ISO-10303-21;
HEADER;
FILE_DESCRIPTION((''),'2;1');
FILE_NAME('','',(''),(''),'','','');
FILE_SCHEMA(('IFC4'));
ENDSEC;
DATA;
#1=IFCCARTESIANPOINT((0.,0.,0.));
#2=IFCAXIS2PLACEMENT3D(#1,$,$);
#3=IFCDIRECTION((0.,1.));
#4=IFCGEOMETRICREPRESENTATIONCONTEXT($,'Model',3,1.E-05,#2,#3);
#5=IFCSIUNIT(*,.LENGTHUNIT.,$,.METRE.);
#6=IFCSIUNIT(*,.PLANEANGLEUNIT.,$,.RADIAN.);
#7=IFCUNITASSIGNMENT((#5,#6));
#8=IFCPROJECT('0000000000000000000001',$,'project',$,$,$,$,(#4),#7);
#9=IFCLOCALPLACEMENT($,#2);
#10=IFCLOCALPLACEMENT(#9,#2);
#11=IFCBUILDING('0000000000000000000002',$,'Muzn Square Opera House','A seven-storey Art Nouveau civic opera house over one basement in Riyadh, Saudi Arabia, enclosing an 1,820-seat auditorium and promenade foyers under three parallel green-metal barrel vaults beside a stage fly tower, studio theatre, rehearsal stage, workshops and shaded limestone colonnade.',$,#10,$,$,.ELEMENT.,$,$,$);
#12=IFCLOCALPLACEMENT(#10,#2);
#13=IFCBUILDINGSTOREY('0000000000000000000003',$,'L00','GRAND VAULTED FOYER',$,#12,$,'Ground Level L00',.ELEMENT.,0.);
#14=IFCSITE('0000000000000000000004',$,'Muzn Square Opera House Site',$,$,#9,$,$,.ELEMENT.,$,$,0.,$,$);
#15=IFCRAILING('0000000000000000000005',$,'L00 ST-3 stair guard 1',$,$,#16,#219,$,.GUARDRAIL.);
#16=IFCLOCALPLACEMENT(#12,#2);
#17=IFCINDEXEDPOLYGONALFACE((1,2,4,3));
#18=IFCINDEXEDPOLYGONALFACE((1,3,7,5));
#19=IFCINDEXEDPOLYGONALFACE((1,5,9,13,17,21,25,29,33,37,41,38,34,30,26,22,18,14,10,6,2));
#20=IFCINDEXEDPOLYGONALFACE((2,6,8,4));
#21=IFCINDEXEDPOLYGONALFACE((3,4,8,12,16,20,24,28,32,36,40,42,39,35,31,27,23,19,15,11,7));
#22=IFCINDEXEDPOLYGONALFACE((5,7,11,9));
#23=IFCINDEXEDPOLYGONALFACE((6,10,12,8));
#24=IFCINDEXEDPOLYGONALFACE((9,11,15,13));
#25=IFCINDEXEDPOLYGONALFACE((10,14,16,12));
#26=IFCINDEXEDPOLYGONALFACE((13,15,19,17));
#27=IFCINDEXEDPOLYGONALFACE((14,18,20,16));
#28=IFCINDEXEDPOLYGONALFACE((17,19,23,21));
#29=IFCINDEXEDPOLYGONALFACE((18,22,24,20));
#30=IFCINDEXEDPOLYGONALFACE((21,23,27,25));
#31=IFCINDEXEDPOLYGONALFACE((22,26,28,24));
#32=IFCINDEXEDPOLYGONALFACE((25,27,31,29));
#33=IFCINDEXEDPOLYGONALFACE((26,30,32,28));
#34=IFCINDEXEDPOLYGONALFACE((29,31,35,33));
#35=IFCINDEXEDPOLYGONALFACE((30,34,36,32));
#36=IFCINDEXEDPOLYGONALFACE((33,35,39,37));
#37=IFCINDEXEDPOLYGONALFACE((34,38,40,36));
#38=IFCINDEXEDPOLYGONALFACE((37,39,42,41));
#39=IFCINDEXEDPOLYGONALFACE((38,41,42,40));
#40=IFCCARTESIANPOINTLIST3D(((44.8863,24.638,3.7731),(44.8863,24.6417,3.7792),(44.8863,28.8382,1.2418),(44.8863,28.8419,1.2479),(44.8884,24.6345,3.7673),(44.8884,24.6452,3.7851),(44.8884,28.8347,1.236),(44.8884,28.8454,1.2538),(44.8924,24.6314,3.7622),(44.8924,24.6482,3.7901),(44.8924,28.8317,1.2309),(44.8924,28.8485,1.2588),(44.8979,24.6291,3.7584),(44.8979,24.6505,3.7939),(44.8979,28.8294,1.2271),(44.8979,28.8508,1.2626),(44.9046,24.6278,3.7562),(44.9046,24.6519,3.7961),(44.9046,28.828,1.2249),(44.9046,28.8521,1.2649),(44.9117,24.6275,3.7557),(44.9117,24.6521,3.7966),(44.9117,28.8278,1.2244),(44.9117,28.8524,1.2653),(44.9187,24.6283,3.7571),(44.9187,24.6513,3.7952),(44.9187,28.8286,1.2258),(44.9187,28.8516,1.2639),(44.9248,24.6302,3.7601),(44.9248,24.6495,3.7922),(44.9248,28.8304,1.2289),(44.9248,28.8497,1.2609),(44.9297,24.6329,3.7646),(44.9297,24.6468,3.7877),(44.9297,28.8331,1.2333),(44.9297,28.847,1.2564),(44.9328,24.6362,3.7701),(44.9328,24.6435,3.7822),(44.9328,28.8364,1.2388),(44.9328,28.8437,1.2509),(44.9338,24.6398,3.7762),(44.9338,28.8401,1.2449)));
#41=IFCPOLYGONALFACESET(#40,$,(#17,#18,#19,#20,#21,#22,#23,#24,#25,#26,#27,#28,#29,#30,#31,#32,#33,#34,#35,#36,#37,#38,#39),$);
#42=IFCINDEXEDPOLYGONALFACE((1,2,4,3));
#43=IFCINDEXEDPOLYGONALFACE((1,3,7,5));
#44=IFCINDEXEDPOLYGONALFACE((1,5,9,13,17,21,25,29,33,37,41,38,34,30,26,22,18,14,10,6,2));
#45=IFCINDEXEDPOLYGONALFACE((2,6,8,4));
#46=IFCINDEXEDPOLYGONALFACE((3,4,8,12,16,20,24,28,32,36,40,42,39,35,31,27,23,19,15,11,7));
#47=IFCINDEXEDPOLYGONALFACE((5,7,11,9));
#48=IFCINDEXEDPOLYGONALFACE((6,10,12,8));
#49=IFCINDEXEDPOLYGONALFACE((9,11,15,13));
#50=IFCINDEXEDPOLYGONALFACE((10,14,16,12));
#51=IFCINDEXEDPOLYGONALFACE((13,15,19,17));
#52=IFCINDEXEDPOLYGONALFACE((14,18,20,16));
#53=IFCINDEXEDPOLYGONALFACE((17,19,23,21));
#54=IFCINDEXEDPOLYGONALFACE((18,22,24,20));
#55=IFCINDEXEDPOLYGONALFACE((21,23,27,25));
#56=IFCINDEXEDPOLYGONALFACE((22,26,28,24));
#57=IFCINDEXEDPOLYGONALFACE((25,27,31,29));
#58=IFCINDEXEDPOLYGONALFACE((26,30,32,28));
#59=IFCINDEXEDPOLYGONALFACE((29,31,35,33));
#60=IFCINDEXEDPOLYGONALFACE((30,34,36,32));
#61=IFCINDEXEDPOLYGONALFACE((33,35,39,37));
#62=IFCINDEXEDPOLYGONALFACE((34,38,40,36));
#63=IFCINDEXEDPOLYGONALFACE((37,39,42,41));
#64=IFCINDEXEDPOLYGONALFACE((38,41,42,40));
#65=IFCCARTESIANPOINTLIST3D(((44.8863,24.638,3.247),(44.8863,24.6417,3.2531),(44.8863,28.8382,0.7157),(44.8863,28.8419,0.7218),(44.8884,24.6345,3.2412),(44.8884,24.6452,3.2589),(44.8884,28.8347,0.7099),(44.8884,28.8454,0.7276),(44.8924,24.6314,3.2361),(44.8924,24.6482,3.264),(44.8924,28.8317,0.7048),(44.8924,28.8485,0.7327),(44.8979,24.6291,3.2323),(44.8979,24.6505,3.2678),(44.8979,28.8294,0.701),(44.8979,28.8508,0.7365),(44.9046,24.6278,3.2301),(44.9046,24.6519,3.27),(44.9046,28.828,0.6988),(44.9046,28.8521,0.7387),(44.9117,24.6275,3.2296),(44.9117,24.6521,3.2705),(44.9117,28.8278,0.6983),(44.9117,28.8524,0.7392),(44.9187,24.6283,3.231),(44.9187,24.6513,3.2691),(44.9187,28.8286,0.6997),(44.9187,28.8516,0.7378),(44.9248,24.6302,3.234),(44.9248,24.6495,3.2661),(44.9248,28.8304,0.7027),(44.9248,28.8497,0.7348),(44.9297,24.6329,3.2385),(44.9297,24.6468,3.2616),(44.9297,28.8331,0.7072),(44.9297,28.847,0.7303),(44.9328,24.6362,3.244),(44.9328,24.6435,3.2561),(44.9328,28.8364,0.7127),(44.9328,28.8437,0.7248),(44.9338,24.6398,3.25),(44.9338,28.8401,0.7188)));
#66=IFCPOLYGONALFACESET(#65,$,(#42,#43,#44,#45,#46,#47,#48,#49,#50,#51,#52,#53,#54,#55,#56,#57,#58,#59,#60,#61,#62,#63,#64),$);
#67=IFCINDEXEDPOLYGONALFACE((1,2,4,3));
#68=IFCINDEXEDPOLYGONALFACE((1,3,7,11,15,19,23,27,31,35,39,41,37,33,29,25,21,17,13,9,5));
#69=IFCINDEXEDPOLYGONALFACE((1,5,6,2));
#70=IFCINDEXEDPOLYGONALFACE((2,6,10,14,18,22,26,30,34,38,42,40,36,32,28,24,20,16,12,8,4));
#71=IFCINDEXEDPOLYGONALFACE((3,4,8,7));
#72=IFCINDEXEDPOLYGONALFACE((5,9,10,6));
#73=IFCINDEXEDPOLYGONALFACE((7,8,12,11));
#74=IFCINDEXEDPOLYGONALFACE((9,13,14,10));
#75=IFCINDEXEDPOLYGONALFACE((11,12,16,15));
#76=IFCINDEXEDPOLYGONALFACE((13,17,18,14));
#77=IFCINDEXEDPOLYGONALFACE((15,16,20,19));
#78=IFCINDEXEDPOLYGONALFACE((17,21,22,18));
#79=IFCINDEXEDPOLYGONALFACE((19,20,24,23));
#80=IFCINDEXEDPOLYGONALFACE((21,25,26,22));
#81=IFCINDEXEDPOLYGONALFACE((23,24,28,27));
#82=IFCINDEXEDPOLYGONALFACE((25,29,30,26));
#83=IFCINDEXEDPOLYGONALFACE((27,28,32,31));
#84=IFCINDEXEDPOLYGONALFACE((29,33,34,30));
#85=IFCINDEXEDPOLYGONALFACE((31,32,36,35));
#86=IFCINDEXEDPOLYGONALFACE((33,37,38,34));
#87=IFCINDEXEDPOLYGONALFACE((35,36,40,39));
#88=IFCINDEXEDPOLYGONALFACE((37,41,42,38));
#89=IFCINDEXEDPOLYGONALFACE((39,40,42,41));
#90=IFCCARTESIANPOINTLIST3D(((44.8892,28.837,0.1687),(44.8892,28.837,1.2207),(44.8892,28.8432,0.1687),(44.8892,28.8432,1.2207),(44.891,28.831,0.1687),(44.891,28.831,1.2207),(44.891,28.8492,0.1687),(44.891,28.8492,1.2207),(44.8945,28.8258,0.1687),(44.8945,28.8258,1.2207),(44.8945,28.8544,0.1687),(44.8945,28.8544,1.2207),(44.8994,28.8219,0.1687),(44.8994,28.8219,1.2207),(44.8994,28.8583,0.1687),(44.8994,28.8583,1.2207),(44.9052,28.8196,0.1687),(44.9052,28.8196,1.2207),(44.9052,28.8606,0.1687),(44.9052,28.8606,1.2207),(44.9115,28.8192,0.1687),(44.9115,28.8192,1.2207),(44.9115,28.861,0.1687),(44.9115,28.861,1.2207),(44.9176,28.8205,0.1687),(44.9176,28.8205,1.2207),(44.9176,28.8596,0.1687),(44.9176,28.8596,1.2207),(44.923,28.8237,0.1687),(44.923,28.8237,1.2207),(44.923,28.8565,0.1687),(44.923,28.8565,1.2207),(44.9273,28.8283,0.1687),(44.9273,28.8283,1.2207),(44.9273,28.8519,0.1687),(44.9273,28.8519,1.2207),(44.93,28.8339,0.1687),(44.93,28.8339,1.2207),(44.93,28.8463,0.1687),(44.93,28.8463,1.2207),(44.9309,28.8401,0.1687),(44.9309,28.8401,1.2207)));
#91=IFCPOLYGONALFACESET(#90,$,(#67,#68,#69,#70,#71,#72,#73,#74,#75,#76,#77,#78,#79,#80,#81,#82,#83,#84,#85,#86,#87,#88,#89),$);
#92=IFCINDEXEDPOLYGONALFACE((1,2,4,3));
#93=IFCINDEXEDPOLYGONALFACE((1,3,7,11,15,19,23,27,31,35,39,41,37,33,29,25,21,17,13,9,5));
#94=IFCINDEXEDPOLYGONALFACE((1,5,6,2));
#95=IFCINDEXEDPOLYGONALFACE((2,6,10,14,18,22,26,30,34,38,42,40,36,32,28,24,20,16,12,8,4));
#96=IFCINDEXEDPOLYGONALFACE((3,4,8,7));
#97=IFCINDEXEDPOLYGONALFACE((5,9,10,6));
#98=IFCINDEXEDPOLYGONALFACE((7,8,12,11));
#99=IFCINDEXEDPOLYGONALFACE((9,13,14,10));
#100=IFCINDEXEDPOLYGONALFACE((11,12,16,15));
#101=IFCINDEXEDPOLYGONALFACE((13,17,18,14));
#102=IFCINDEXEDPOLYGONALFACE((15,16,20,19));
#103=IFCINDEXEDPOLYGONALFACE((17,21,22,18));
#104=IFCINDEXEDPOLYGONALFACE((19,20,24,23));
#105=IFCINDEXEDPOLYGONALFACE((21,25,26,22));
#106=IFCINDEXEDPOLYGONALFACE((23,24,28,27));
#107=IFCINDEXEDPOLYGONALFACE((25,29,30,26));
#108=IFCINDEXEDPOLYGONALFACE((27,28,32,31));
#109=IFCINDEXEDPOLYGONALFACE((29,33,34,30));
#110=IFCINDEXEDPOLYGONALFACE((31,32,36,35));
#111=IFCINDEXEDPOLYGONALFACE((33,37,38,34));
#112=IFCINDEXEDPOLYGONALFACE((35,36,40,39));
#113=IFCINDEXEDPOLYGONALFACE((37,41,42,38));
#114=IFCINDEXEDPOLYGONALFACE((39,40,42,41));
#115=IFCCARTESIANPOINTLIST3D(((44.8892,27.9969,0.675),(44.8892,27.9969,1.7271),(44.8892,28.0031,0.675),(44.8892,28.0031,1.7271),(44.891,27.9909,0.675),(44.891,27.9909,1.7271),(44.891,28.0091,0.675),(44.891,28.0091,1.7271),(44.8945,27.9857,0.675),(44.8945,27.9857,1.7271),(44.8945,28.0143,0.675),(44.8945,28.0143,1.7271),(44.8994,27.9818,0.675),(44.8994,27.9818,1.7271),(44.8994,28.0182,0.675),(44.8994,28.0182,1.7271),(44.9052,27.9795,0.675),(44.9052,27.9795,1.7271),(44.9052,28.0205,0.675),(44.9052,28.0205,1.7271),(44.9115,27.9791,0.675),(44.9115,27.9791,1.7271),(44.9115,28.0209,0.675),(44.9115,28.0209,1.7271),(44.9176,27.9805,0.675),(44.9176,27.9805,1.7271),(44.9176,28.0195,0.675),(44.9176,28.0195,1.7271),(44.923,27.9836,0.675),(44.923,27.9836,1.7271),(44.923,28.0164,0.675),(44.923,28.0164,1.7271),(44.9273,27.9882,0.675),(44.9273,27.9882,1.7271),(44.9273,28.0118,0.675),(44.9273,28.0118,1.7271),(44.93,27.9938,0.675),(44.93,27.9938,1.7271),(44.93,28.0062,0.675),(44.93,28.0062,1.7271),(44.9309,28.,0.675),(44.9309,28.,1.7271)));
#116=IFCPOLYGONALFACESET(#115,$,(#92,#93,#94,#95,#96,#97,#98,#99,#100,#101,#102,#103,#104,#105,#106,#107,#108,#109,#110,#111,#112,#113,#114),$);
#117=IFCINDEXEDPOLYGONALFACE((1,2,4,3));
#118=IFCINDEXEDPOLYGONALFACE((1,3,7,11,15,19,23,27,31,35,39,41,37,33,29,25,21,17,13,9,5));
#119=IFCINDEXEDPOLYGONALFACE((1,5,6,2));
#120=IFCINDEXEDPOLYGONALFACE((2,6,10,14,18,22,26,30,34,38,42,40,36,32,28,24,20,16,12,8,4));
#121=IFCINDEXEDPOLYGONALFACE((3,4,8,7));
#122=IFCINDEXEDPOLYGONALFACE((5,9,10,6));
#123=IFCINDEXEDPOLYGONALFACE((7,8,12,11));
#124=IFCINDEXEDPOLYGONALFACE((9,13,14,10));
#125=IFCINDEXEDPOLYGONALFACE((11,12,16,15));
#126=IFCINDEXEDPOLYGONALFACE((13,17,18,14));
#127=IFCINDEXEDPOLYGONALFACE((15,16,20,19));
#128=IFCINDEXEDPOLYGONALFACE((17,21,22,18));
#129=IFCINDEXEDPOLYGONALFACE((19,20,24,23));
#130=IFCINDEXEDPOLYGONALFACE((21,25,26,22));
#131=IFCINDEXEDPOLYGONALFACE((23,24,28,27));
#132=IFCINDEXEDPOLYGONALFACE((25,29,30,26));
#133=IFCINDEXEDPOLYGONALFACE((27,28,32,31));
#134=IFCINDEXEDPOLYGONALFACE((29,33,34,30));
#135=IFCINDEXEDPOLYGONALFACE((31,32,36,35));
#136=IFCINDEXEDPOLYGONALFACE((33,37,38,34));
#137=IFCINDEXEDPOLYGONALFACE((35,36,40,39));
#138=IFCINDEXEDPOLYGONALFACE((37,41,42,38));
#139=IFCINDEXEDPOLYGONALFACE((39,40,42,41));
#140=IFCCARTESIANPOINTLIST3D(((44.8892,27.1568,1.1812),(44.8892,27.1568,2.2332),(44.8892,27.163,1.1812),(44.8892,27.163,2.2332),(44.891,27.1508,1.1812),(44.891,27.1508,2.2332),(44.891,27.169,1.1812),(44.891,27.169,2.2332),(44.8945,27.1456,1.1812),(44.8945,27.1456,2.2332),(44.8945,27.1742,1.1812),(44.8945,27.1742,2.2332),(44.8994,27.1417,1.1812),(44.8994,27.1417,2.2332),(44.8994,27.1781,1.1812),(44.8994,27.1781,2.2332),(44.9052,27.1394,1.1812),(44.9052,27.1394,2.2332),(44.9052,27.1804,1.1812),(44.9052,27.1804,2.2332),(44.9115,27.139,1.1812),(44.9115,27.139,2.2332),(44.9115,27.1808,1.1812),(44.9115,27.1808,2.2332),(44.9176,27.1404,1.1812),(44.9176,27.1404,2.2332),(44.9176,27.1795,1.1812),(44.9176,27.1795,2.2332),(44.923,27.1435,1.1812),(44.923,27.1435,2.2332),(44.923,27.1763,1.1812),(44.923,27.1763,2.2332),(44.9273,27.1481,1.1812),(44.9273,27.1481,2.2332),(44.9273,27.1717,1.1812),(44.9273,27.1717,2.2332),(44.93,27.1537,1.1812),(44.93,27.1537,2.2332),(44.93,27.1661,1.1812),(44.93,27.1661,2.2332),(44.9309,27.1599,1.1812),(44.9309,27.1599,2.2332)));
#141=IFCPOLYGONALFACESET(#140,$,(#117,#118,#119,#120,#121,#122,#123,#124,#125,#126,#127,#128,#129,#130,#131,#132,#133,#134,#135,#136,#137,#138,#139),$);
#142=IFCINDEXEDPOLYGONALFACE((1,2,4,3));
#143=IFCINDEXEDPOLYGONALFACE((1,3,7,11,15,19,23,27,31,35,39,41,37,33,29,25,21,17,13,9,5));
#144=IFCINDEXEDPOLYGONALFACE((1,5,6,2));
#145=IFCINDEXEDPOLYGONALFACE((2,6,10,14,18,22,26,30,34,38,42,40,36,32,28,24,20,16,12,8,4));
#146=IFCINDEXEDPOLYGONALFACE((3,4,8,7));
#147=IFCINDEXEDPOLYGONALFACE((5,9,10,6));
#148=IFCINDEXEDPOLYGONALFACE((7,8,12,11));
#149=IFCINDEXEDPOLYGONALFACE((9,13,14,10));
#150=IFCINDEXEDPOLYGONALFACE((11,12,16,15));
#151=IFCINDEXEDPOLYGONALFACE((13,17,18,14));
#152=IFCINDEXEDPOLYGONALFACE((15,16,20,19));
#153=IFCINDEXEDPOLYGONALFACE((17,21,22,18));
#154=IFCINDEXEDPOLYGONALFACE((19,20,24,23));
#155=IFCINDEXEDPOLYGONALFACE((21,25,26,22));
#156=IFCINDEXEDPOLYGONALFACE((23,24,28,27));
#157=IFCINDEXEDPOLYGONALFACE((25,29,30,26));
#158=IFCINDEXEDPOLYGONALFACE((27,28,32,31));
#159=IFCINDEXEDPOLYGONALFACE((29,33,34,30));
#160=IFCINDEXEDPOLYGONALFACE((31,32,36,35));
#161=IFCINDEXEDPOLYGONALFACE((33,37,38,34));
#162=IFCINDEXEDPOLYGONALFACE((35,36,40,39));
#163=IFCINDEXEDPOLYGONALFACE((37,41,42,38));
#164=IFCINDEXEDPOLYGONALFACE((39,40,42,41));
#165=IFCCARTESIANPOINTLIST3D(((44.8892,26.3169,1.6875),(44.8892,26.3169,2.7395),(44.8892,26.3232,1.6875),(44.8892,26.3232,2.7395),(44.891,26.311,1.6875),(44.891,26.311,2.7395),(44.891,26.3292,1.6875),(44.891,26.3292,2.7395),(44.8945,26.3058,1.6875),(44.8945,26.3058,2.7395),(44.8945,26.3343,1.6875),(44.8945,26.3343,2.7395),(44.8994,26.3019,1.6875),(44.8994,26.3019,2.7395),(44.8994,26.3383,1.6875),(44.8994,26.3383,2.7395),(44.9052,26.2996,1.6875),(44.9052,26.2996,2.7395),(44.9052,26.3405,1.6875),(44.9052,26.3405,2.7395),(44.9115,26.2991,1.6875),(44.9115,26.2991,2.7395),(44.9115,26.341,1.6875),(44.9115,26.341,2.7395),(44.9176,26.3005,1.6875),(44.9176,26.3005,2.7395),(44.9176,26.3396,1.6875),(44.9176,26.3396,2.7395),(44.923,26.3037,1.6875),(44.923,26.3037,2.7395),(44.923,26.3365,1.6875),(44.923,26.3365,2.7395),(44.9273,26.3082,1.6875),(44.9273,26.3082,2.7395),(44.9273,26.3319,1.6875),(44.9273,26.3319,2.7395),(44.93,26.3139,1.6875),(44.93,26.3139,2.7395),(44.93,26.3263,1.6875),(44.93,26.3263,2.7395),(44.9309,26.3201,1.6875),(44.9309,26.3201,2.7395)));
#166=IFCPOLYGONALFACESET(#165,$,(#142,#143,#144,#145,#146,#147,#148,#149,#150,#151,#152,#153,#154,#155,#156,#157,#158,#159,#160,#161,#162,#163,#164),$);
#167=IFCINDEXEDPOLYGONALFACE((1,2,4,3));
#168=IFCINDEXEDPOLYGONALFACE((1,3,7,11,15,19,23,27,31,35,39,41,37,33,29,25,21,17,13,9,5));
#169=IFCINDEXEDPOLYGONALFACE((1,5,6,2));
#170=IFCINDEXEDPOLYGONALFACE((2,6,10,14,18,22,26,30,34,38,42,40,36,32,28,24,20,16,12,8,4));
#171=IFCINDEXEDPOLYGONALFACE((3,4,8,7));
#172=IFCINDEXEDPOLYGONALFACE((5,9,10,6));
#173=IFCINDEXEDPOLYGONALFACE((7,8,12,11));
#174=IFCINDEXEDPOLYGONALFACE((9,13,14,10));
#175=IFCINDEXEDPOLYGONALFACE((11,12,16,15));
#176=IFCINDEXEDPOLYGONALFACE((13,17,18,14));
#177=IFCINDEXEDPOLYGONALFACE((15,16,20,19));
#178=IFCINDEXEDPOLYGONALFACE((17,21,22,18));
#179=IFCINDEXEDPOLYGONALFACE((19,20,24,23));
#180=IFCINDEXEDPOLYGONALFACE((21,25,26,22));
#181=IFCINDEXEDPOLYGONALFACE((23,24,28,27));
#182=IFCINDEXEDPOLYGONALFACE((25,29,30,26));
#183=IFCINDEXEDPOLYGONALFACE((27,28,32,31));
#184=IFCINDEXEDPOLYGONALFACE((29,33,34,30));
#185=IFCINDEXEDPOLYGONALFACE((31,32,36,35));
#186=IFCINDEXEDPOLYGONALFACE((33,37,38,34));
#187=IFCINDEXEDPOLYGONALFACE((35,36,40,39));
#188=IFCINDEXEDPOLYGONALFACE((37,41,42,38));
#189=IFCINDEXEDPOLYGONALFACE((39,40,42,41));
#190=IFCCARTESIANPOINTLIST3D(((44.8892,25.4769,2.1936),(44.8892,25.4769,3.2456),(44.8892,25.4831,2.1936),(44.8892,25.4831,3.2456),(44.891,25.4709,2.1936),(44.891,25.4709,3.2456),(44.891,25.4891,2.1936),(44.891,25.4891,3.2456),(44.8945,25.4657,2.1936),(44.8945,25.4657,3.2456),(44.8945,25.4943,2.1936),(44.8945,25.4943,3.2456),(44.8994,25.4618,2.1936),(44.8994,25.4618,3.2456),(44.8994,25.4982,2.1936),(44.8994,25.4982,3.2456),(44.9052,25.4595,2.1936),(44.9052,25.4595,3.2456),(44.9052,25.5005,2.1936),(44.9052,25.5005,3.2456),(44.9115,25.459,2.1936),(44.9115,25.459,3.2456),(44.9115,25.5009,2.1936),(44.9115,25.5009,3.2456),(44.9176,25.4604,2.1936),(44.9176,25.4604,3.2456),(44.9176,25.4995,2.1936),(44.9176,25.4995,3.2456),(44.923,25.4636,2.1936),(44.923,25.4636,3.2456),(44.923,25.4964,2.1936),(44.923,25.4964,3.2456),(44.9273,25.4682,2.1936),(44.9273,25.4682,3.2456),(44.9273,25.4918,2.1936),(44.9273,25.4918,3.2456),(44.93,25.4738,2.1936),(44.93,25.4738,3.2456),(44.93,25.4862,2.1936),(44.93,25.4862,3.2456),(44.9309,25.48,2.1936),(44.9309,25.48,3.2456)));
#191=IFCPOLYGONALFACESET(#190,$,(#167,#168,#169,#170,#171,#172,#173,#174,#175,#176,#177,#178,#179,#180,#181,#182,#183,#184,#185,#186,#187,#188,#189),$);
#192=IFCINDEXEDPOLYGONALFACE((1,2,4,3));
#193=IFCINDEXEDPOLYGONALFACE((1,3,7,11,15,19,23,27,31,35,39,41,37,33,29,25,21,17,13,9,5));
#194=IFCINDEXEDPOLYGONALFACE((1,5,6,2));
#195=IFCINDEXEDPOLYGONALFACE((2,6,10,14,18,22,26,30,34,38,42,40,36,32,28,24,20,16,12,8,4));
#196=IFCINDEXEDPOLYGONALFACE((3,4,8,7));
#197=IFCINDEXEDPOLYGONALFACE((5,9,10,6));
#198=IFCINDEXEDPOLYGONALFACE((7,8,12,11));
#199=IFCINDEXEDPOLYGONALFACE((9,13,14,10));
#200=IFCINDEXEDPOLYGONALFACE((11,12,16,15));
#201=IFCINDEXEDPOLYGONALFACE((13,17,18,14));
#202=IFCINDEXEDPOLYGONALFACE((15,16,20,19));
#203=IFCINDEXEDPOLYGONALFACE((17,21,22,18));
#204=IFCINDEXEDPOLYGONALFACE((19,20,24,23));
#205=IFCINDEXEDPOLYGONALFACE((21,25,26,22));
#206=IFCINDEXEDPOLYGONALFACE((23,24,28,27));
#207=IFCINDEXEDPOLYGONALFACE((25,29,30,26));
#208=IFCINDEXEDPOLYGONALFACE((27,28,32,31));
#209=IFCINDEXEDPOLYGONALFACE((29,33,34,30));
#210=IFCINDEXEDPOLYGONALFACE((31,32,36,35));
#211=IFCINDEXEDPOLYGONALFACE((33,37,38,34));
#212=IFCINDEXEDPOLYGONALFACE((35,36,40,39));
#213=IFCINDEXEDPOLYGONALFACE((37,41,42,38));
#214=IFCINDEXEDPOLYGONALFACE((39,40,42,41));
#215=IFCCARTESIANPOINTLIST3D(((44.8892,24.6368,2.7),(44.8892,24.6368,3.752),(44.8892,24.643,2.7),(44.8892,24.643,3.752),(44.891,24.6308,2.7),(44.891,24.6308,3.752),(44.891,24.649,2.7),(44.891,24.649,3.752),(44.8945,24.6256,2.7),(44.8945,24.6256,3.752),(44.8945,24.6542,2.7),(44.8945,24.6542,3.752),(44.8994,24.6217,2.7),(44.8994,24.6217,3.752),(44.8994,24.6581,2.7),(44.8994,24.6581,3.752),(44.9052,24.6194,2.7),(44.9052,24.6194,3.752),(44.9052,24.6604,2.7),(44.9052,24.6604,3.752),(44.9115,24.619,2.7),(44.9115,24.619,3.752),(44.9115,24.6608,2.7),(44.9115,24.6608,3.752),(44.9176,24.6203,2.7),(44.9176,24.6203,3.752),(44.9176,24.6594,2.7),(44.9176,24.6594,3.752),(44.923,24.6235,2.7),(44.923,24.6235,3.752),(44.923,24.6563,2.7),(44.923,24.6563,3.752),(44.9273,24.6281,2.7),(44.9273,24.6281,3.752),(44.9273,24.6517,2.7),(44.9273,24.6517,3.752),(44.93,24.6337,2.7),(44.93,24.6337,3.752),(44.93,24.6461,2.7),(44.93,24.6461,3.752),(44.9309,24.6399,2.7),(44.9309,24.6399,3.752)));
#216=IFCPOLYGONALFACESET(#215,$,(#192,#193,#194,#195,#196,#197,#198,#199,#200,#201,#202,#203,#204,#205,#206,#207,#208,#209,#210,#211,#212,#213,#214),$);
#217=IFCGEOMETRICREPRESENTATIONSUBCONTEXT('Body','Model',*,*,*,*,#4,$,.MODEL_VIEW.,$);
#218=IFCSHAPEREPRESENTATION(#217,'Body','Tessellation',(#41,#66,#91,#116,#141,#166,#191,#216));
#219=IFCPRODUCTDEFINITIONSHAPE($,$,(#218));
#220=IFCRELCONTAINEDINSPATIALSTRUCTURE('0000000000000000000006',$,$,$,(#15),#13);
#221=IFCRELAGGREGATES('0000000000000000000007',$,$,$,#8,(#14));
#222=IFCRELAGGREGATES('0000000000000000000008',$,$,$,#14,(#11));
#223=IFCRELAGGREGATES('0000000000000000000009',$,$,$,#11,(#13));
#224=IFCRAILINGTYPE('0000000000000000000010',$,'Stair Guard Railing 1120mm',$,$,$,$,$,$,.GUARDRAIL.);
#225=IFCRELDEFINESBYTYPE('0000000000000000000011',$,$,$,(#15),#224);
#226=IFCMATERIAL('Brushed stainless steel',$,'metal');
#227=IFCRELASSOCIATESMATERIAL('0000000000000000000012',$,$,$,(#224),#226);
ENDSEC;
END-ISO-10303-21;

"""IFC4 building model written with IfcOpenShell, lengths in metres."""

from ifc_helpers import new_model, si_unit, direction, frame, origin, origin_2d, place, context, subcontext, project, spatial, circle, extrude, material, type_object, element, save


model = new_model("IFC4")

# Units and contexts
model_context = context("Model", 3, precision=1e-05, world=origin(), true_north=direction((0.0, 1.0)))
body_context = subcontext(model_context, "Body", "Model", "MODEL_VIEW")
ifc_project = project(units=[si_unit("LENGTHUNIT", "METRE"), si_unit("PLANEANGLEUNIT", "RADIAN")], contexts=[model_context])

# Site, building, storey
site_placement = place(None, origin())
site = spatial("IfcSite", under=ifc_project, at=site_placement, Name="Muzn Square Opera House Site", CompositionType="ELEMENT", RefElevation=0.0)
building_placement = place(site_placement, origin())
building = spatial("IfcBuilding", under=site, at=building_placement, Name="Muzn Square Opera House", Description="A seven-storey Art Nouveau civic opera house over one basement in Riyadh, Saudi Arabia, enclosing an 1,820-seat auditorium and promenade foyers under three parallel green-metal barrel vaults beside a stage fly tower, studio theatre, rehearsal stage, workshops and shaded limestone colonnade.", CompositionType="ELEMENT")
storey_placement = place(building_placement, origin())
storey = spatial("IfcBuildingStorey", under=building, at=storey_placement, Name="L00", Description="GRAND VAULTED FOYER", LongName="Ground Level L00", CompositionType="ELEMENT", Elevation=0.0)

# Railing
ifc_material_1 = material(Name="Brushed stainless steel", Category="metal")
railing_type_1 = type_object("IfcRailingType", Name="Stair Guard Railing 1120mm", PredefinedType="GUARDRAIL", material=ifc_material_1)
railing_1_placement = place(storey_placement, frame((44.9099, 28.8401, 0.1687)))
element("IfcRailing", 1, at=railing_1_placement, inside=storey, type_object=railing_type_1, Name="L00 ST-3 stair guard 1", PredefinedType="GUARDRAIL", context=body_context, shape_type="SweptSolid", body=[
    extrude(circle(Radius=0.0239, at=origin_2d()), frame((0.0, 0.0, 1.0762), z_axis=(0.0, -0.85649, 0.516164), x_axis=(1.0, 0.0, 0.0)), (0.0, 0.0, 1.0), 4.9041),
    extrude(circle(Radius=0.0239, at=origin_2d()), frame((0.0, 0.0, 0.55), z_axis=(0.0, -0.85649, 0.516164), x_axis=(1.0, 0.0, 0.0)), (0.0, 0.0, 1.0), 4.9041),
    extrude(circle(Radius=0.021, at=origin_2d()), origin(), (0.0, 0.0, 1.0), 1.052),
    extrude(circle(Radius=0.021, at=origin_2d()), frame((0.0, -0.8401, 0.5063)), (0.0, 0.0, 1.0), 1.052),
    extrude(circle(Radius=0.021, at=origin_2d()), frame((0.0, -1.6802, 1.0125)), (0.0, 0.0, 1.0), 1.052),
    extrude(circle(Radius=0.021, at=origin_2d()), frame((0.0, -2.52, 1.5188)), (0.0, 0.0, 1.0), 1.052),
    extrude(circle(Radius=0.021, at=origin_2d()), frame((0.0, -3.3601, 2.0249)), (0.0, 0.0, 1.0), 1.052),
    extrude(circle(Radius=0.021, at=origin_2d()), frame((0.0, -4.2002, 2.5312)), (0.0, 0.0, 1.0), 1.052),
])

save(model, "model.ifc")
